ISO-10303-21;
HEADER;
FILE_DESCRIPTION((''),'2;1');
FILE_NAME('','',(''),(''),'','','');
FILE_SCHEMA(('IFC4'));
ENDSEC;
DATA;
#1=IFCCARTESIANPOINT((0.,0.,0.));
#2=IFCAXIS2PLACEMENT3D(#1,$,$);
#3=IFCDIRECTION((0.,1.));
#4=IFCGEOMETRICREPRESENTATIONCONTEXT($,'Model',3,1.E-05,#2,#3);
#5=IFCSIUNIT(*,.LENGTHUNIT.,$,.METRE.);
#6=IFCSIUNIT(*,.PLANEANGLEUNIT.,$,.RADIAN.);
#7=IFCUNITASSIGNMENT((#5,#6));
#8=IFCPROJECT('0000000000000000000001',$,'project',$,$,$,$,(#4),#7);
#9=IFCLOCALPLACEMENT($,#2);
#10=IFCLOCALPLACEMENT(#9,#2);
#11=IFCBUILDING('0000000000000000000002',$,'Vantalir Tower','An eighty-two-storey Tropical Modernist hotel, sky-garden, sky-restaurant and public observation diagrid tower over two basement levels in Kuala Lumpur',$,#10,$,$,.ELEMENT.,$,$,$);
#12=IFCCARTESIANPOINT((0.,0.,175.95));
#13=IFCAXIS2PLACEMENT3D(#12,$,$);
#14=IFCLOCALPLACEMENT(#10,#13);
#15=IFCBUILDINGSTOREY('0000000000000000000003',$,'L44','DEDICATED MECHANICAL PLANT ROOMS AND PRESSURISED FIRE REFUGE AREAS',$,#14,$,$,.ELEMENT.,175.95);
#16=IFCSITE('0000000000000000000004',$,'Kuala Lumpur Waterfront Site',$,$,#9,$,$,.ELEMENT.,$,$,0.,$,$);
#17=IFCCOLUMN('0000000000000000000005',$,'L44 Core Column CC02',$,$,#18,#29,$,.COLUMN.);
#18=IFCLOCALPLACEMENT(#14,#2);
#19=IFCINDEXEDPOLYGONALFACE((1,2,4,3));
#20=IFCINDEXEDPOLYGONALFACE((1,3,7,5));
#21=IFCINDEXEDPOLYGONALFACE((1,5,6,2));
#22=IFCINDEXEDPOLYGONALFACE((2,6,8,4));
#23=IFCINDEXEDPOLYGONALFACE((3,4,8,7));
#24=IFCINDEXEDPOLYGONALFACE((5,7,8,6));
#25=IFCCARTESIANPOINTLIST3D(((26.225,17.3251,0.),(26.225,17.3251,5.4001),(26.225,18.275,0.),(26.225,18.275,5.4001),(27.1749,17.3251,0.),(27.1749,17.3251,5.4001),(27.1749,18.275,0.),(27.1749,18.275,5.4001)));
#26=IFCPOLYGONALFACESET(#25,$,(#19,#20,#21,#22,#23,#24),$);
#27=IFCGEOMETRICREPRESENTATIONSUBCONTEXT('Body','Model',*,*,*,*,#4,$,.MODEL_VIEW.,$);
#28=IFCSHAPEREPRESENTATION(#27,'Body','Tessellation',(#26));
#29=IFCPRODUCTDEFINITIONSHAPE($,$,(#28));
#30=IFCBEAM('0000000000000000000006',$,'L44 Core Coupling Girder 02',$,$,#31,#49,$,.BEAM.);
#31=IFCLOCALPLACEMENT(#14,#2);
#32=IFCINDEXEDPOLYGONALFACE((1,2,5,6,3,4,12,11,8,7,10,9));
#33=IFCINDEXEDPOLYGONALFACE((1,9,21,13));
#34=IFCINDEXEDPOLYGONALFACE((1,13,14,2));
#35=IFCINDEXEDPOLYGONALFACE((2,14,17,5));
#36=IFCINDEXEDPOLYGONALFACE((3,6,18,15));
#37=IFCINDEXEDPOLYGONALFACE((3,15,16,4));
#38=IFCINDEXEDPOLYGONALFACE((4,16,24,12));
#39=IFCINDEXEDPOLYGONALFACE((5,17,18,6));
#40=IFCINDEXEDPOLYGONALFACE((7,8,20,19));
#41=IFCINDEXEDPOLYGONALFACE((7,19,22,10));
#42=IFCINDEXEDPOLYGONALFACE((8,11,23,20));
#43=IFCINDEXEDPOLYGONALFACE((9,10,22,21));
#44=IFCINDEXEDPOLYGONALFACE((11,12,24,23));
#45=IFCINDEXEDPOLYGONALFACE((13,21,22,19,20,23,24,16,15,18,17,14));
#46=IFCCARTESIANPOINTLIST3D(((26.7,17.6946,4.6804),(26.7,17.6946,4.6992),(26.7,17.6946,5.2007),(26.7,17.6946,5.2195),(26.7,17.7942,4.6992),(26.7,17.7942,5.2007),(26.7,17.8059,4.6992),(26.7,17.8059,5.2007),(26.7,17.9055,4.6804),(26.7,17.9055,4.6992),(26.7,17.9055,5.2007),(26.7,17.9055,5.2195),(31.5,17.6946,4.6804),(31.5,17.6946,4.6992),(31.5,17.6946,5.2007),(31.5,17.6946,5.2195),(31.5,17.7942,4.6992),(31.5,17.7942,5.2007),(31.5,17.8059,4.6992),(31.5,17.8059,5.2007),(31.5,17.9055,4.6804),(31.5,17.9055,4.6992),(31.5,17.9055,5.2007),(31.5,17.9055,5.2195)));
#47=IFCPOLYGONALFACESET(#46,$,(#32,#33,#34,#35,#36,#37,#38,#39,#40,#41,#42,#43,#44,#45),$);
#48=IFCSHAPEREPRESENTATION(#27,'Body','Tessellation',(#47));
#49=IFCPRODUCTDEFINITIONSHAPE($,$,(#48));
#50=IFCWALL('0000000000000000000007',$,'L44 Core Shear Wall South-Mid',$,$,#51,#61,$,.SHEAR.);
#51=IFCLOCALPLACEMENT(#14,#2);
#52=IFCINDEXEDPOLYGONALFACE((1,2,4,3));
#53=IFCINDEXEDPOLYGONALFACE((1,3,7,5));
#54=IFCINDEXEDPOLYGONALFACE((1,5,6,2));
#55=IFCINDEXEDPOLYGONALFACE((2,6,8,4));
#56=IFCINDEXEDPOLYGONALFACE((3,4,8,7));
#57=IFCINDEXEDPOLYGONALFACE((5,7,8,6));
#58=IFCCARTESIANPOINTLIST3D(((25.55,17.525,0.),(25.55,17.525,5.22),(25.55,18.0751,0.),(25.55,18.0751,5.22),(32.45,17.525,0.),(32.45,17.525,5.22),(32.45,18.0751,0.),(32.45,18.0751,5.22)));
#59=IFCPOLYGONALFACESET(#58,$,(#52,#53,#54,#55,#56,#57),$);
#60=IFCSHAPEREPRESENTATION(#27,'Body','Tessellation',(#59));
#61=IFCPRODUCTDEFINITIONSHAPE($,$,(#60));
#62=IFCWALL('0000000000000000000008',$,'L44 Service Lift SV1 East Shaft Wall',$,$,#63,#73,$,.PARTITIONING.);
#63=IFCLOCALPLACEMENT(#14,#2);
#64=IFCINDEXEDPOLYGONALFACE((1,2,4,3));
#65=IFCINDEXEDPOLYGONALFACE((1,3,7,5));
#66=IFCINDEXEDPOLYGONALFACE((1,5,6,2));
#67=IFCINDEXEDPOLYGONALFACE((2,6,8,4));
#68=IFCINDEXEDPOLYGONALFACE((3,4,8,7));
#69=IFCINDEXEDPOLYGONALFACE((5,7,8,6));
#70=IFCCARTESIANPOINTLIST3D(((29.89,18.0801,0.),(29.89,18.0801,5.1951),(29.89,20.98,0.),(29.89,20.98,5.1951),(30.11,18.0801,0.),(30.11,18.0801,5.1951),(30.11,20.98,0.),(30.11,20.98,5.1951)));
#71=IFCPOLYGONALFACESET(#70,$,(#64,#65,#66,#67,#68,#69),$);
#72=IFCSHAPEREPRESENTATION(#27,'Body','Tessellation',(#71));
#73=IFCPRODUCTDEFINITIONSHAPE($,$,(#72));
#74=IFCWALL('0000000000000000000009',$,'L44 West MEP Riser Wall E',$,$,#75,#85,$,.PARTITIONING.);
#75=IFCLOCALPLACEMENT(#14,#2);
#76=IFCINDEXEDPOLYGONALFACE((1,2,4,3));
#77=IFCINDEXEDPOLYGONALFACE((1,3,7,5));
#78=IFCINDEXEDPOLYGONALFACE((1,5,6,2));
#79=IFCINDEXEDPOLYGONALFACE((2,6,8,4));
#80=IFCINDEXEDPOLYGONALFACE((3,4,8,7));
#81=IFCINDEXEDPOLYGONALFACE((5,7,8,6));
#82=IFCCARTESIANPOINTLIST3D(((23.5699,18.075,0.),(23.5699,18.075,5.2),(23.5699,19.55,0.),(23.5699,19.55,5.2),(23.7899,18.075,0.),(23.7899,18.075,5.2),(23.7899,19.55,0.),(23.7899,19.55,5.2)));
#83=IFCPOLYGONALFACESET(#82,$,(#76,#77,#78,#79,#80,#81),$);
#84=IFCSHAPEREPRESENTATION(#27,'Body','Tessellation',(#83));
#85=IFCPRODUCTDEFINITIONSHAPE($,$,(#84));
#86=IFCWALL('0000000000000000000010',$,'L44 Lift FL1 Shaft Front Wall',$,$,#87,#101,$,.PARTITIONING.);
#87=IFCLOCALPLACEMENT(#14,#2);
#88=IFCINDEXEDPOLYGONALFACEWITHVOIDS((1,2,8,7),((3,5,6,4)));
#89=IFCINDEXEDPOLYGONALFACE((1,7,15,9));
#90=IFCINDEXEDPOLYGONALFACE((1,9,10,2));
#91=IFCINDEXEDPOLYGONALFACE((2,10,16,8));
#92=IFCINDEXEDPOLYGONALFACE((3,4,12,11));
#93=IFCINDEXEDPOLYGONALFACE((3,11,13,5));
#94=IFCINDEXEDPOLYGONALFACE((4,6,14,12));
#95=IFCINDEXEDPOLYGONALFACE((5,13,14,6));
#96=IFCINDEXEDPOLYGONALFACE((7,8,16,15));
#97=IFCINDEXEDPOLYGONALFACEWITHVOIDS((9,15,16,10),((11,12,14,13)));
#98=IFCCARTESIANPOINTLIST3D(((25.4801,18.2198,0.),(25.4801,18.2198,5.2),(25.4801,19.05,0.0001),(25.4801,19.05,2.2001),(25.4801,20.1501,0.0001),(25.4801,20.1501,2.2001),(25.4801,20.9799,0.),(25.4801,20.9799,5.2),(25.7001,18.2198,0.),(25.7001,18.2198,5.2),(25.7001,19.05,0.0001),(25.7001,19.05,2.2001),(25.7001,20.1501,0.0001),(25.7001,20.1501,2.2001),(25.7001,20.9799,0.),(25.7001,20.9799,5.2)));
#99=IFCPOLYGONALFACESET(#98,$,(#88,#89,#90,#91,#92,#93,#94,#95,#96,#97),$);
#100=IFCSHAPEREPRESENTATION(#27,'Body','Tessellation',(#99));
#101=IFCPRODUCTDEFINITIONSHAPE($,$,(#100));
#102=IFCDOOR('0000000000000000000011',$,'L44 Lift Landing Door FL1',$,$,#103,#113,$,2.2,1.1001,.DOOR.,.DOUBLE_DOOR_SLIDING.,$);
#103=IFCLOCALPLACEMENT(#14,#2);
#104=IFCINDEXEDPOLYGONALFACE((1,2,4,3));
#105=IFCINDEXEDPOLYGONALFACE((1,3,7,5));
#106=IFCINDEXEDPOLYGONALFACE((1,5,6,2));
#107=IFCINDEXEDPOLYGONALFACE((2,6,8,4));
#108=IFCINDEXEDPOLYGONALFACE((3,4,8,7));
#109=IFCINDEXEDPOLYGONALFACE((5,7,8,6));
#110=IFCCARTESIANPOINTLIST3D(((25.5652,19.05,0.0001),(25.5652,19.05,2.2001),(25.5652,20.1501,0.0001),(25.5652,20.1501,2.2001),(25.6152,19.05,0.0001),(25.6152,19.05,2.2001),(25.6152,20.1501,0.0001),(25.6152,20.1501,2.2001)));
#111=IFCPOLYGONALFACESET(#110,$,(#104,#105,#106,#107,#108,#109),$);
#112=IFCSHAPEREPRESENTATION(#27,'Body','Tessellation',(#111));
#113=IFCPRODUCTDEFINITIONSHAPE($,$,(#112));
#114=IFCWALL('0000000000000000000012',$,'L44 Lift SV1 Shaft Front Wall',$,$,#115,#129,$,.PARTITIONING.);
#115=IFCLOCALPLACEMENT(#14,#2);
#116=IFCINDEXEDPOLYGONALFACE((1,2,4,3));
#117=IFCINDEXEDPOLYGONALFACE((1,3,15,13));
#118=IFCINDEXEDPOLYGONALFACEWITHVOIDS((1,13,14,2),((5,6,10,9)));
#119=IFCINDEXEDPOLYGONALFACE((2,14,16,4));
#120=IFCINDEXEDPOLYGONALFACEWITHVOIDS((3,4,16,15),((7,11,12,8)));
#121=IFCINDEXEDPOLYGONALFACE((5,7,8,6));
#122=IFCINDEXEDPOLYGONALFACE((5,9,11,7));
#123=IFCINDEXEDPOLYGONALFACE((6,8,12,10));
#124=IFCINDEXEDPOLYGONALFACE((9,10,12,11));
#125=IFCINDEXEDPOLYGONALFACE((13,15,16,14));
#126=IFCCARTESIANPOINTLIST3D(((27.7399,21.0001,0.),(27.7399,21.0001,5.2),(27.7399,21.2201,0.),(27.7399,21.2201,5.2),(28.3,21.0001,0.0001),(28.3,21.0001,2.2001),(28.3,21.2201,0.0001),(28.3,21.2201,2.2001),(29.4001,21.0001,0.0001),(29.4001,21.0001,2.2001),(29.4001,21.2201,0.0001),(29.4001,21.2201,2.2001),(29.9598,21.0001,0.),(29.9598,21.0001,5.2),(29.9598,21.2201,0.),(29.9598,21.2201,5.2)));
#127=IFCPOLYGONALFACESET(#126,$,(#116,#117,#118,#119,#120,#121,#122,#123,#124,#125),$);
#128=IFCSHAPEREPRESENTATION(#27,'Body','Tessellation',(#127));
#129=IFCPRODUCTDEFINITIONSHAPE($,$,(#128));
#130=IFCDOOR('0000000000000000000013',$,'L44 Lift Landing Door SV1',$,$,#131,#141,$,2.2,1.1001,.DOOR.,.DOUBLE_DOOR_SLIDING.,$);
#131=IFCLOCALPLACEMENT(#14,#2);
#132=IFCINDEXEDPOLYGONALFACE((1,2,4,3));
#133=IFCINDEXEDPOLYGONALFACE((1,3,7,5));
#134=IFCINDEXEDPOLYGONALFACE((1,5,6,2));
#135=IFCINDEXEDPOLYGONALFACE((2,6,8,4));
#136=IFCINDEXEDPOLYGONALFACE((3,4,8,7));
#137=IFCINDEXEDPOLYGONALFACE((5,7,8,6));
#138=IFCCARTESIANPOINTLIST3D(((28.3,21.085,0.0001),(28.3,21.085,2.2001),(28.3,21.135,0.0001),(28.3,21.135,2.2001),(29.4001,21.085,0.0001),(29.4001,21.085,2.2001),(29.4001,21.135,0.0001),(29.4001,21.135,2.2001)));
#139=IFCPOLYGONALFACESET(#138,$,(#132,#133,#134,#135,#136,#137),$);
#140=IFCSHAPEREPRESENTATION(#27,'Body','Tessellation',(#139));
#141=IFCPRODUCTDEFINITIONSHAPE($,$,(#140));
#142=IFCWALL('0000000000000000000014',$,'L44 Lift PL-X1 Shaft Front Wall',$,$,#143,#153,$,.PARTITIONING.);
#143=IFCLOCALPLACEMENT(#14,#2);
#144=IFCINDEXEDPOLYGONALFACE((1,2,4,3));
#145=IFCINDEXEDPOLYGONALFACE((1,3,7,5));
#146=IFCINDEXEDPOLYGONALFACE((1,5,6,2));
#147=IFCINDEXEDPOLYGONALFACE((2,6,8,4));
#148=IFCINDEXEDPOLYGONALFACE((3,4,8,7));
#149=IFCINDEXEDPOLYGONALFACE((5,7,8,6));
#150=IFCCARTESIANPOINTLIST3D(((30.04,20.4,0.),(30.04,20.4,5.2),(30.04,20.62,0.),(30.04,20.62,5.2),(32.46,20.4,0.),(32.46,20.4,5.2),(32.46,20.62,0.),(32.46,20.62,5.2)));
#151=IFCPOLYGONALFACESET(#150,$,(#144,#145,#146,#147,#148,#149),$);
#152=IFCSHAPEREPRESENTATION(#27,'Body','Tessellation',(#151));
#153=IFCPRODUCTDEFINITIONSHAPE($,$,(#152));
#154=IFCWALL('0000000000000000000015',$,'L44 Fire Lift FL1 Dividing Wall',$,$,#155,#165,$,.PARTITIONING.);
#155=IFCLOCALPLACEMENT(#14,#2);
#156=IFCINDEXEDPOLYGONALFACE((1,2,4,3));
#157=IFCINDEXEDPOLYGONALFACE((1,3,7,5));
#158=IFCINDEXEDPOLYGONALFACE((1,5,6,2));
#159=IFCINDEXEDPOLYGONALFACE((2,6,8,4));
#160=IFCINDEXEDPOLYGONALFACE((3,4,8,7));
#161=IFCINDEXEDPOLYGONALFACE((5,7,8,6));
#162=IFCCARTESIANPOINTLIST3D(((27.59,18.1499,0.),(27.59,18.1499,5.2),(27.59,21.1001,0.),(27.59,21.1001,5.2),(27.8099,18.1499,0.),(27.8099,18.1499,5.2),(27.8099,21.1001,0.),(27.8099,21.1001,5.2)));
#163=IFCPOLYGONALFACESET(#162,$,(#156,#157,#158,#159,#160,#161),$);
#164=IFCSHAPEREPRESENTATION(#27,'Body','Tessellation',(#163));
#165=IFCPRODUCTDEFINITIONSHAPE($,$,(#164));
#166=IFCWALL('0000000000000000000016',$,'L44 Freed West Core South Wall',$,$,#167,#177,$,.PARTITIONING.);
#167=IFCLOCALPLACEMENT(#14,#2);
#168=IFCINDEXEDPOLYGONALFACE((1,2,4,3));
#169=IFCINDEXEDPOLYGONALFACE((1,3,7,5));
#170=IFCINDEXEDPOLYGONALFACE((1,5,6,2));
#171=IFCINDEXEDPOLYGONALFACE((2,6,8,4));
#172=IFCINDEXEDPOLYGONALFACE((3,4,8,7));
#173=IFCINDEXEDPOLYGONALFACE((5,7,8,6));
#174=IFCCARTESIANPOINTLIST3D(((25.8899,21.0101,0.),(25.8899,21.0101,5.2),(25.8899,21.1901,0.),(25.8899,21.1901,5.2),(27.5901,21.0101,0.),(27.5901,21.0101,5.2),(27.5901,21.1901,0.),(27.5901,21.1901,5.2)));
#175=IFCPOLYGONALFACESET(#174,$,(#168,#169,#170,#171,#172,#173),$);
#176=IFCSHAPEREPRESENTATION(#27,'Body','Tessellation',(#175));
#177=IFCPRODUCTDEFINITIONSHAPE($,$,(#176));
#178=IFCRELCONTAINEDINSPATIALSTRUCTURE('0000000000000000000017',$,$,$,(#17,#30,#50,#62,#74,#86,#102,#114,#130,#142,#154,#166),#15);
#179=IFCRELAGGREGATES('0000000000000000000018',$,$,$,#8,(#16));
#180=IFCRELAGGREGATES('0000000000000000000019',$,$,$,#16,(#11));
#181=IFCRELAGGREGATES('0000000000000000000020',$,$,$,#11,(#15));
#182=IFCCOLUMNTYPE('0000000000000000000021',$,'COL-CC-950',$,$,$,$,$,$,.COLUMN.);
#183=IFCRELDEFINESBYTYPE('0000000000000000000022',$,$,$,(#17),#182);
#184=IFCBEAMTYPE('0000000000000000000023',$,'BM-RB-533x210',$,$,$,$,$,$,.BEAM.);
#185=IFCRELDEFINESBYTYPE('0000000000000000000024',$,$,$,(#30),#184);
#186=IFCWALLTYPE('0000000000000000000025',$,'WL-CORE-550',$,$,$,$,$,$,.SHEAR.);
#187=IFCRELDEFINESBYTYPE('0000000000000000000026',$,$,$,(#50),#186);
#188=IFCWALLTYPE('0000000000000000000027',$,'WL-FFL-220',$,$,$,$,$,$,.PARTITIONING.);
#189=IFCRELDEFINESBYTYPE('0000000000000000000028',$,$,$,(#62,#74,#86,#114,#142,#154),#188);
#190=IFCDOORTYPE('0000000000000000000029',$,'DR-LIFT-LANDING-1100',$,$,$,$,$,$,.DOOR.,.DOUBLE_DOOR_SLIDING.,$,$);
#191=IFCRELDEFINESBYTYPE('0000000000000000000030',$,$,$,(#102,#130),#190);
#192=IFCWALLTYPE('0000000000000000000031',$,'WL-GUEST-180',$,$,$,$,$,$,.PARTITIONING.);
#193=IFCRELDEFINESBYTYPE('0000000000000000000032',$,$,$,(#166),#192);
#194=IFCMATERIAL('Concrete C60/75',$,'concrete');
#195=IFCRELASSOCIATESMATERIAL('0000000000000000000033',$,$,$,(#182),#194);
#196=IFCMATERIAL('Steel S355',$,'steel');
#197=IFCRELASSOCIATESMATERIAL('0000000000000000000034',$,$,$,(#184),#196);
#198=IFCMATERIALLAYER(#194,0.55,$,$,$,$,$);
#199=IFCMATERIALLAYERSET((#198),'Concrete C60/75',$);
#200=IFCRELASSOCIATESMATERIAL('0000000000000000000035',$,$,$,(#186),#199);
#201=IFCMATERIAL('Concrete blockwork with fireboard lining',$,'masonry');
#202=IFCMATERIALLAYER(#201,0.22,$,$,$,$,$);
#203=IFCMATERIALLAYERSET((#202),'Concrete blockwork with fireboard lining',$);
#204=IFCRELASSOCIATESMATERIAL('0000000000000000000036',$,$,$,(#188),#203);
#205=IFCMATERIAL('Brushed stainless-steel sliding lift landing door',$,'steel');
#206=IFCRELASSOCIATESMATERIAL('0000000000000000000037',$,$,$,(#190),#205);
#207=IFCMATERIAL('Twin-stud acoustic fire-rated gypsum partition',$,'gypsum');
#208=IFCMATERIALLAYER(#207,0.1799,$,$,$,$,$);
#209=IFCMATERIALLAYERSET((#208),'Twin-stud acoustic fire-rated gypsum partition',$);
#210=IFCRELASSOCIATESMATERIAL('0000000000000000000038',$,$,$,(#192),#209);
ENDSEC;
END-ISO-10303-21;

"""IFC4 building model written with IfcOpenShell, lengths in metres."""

from ifc_helpers import new_model, si_unit, direction, frame, frame_2d, origin, origin_2d, place, context, subcontext, project, spatial, rectangle, i_section, extrude, material, layer, layer_set, material_profile, profile_set, type_object, element, fill, save


model = new_model("IFC4")

# Units and contexts
model_context = context("Model", 3, precision=1e-05, world=origin(), true_north=direction((0.0, 1.0)))
body_context = subcontext(model_context, "Body", "Model", "MODEL_VIEW")
ifc_project = project(units=[si_unit("LENGTHUNIT", "METRE"), si_unit("PLANEANGLEUNIT", "RADIAN")], contexts=[model_context])

# Site, building, storey
site_placement = place(None, origin())
site = spatial("IfcSite", under=ifc_project, at=site_placement, Name="Kuala Lumpur Waterfront Site", CompositionType="ELEMENT", RefElevation=0.0)
building_placement = place(site_placement, origin())
building = spatial("IfcBuilding", under=site, at=building_placement, Name="Vantalir Tower", Description="An eighty-two-storey Tropical Modernist hotel, sky-garden, sky-restaurant and public observation diagrid tower over two basement levels in Kuala Lumpur", CompositionType="ELEMENT")
storey_placement = place(building_placement, frame((0.0, 0.0, 175.95)))
storey = spatial("IfcBuildingStorey", under=building, at=storey_placement, Name="L44", Description="DEDICATED MECHANICAL PLANT ROOMS AND PRESSURISED FIRE REFUGE AREAS", CompositionType="ELEMENT", Elevation=175.95)

# Column
ifc_material_1 = material(Name="Concrete C60/75", Category="concrete")
ifc_material_profile_1 = material_profile(ifc_material_1, rectangle(XDim=0.95, YDim=0.95, at=origin_2d()), Name="Concrete C60/75")
ifc_profile_set_1 = profile_set([ifc_material_profile_1], Name="Concrete C60/75")
column_type = type_object("IfcColumnType", Name="COL-CC-950", PredefinedType="COLUMN", material=ifc_profile_set_1)
column_placement = place(storey_placement, frame((26.7, 17.8, 0.0), z_axis=(0.0, 0.0, 1.0), x_axis=(1.0, 0.0, 0.0)))
element("IfcColumn", 1, at=column_placement, inside=storey, type_object=column_type, Name="L44 Core Column CC02", PredefinedType="COLUMN", context=body_context, shape_type="SweptSolid", body=[
    extrude(rectangle(XDim=0.95, YDim=0.95, at=origin_2d()), origin(), (0.0, 0.0, 1.0), 5.4001),
])

# Beam
ifc_material_2 = material(Name="Steel S355", Category="steel")
ifc_material_profile_2 = material_profile(ifc_material_2, i_section(OverallWidth=0.2109, OverallDepth=0.5391, WebThickness=0.0117, FlangeThickness=0.0188, at=origin_2d()), Name="Steel S355")
ifc_profile_set_2 = profile_set([ifc_material_profile_2], Name="Steel S355")
beam_type = type_object("IfcBeamType", Name="BM-RB-533x210", PredefinedType="BEAM", material=ifc_profile_set_2)
beam_placement = place(storey_placement, frame((26.7, 17.8, 4.95), z_axis=(1.0, 0.0, 0.0), x_axis=(0.0, 1.0, 0.0)))
element("IfcBeam", 2, at=beam_placement, inside=storey, type_object=beam_type, Name="L44 Core Coupling Girder 02", PredefinedType="BEAM", context=body_context, shape_type="SweptSolid", body=[
    extrude(i_section(OverallWidth=0.2109, OverallDepth=0.5391, WebThickness=0.0117, FlangeThickness=0.0188, at=origin_2d()), origin(), (0.0, 0.0, 1.0), 4.8),
])

# Walls
ifc_layer_1 = layer(ifc_material_1, 0.55)
ifc_layer_set_1 = layer_set([ifc_layer_1], Name="Concrete C60/75")
wall_type_1 = type_object("IfcWallType", Name="WL-CORE-550", PredefinedType="SHEAR", material=ifc_layer_set_1)
wall_1_placement = place(storey_placement, frame((25.55, 17.8, 0.0), z_axis=(0.0, 0.0, 1.0), x_axis=(1.0, 0.0, 0.0)))
element("IfcWall", 3, at=wall_1_placement, inside=storey, type_object=wall_type_1, Name="L44 Core Shear Wall South-Mid", PredefinedType="SHEAR", context=body_context, shape_type="SweptSolid", body=[
    extrude(rectangle(XDim=6.8999, YDim=0.55, at=frame_2d((3.45, 0.0))), origin(), (0.0, 0.0, 1.0), 5.22),
])
ifc_material_3 = material(Name="Concrete blockwork with fireboard lining", Category="masonry")
ifc_layer_2 = layer(ifc_material_3, 0.22)
ifc_layer_set_2 = layer_set([ifc_layer_2], Name="Concrete blockwork with fireboard lining")
wall_type_2 = type_object("IfcWallType", Name="WL-FFL-220", PredefinedType="PARTITIONING", material=ifc_layer_set_2)
wall_2_placement = place(storey_placement, frame((30.0, 18.0801, 0.0), z_axis=(0.0, 0.0, 1.0), x_axis=(0.0, 1.0, 0.0)))
element("IfcWall", 4, at=wall_2_placement, inside=storey, type_object=wall_type_2, Name="L44 Service Lift SV1 East Shaft Wall", PredefinedType="PARTITIONING", context=body_context, shape_type="SweptSolid", body=[
    extrude(rectangle(XDim=2.8999, YDim=0.22, at=frame_2d((1.45, 0.0))), origin(), (0.0, 0.0, 1.0), 5.1951),
])
wall_3_placement = place(storey_placement, frame((23.6799, 18.075, 0.0), z_axis=(0.0, 0.0, 1.0), x_axis=(0.0, 1.0, 0.0)))
element("IfcWall", 5, at=wall_3_placement, inside=storey, type_object=wall_type_2, Name="L44 West MEP Riser Wall E", PredefinedType="PARTITIONING", context=body_context, shape_type="SweptSolid", body=[
    extrude(rectangle(XDim=1.4751, YDim=0.22, at=frame_2d((0.7375, 0.0))), origin(), (0.0, 0.0, 1.0), 5.2),
])

# Walls, openings, doors
wall_4_placement = place(storey_placement, frame((25.5901, 18.22, 0.0), z_axis=(0.0, 0.0, 1.0), x_axis=(0.0, 1.0, 0.0)))
wall_4 = element("IfcWall", 6, at=wall_4_placement, inside=storey, type_object=wall_type_2, Name="L44 Lift FL1 Shaft Front Wall", PredefinedType="PARTITIONING", context=body_context, shape_type="SweptSolid", body=[
    extrude(rectangle(XDim=2.76, YDim=0.22, at=frame_2d((1.3799, 0.0))), origin(), (0.0, 0.0, 1.0), 5.2),
])
opening_1_placement = place(wall_4_placement, frame((0.8301, 0.0, 0.0)))
opening_1 = element("IfcOpeningElement", 7, at=opening_1_placement, cuts=wall_4, PredefinedType="OPENING", context=body_context, shape_type="SweptSolid", body=[
    extrude(rectangle(XDim=1.1001, YDim=2.2, at=frame_2d((0.55, 1.1001))), frame((0.0, 0.1199, 0.0), z_axis=(0.0, -1.0, 0.0), x_axis=(1.0, 0.0, 0.0)), (0.0, 0.0, 1.0), 0.24),
])
ifc_material_4 = material(Name="Brushed stainless-steel sliding lift landing door", Category="steel")
door_type_1 = type_object("IfcDoorType", Name="DR-LIFT-LANDING-1100", OperationType="DOUBLE_DOOR_SLIDING", PredefinedType="DOOR", material=ifc_material_4)
door_1_placement = place(opening_1_placement, origin())
door_1 = element("IfcDoor", 8, at=door_1_placement, inside=storey, type_object=door_type_1, Name="L44 Lift Landing Door FL1", OperationType="DOUBLE_DOOR_SLIDING", OverallHeight=2.2, OverallWidth=1.1001, PredefinedType="DOOR", context=body_context, shape_type="SweptSolid", body=[
    extrude(rectangle(XDim=1.1001, YDim=2.2, at=frame_2d((0.55, 1.1001))), frame((0.0, 0.0249, 0.0), z_axis=(0.0, -1.0, 0.0), x_axis=(1.0, 0.0, 0.0)), (0.0, 0.0, 1.0), 0.05),
])
fill(opening_1, door_1)
wall_5_placement = place(storey_placement, frame((27.74, 21.1101, 0.0), z_axis=(0.0, 0.0, 1.0), x_axis=(1.0, 0.0, 0.0)))
wall_5 = element("IfcWall", 9, at=wall_5_placement, inside=storey, type_object=wall_type_2, Name="L44 Lift SV1 Shaft Front Wall", PredefinedType="PARTITIONING", context=body_context, shape_type="SweptSolid", body=[
    extrude(rectangle(XDim=2.22, YDim=0.22, at=frame_2d((1.1099, 0.0))), origin(), (0.0, 0.0, 1.0), 5.2),
])
opening_2_placement = place(wall_5_placement, frame((0.5601, 0.0, 0.0)))
opening_2 = element("IfcOpeningElement", 10, at=opening_2_placement, cuts=wall_5, PredefinedType="OPENING", context=body_context, shape_type="SweptSolid", body=[
    extrude(rectangle(XDim=1.1001, YDim=2.2, at=frame_2d((0.55, 1.1001))), frame((0.0, 0.1199, 0.0), z_axis=(0.0, -1.0, 0.0), x_axis=(1.0, 0.0, 0.0)), (0.0, 0.0, 1.0), 0.24),
])
door_2_placement = place(opening_2_placement, origin())
door_2 = element("IfcDoor", 11, at=door_2_placement, inside=storey, type_object=door_type_1, Name="L44 Lift Landing Door SV1", OperationType="DOUBLE_DOOR_SLIDING", OverallHeight=2.2, OverallWidth=1.1001, PredefinedType="DOOR", context=body_context, shape_type="SweptSolid", body=[
    extrude(rectangle(XDim=1.1001, YDim=2.2, at=frame_2d((0.55, 1.1001))), frame((0.0, 0.0249, 0.0), z_axis=(0.0, -1.0, 0.0), x_axis=(1.0, 0.0, 0.0)), (0.0, 0.0, 1.0), 0.05),
])
fill(opening_2, door_2)

# Walls
wall_6_placement = place(storey_placement, frame((30.04, 20.51, 0.0), z_axis=(0.0, 0.0, 1.0), x_axis=(1.0, 0.0, 0.0)))
element("IfcWall", 12, at=wall_6_placement, inside=storey, type_object=wall_type_2, Name="L44 Lift PL-X1 Shaft Front Wall", PredefinedType="PARTITIONING", context=body_context, shape_type="SweptSolid", body=[
    extrude(rectangle(XDim=2.4199, YDim=0.22, at=frame_2d((1.21, 0.0))), origin(), (0.0, 0.0, 1.0), 5.2),
])
wall_7_placement = place(storey_placement, frame((27.7, 18.1499, 0.0), z_axis=(0.0, 0.0, 1.0), x_axis=(0.0, 1.0, 0.0)))
element("IfcWall", 13, at=wall_7_placement, inside=storey, type_object=wall_type_2, Name="L44 Fire Lift FL1 Dividing Wall", PredefinedType="PARTITIONING", context=body_context, shape_type="SweptSolid", body=[
    extrude(rectangle(XDim=2.9502, YDim=0.22, at=frame_2d((1.4751, 0.0))), origin(), (0.0, 0.0, 1.0), 5.2),
])
ifc_material_5 = material(Name="Twin-stud acoustic fire-rated gypsum partition", Category="gypsum")
ifc_layer_3 = layer(ifc_material_5, 0.1799)
ifc_layer_set_3 = layer_set([ifc_layer_3], Name="Twin-stud acoustic fire-rated gypsum partition")
wall_type_3 = type_object("IfcWallType", Name="WL-GUEST-180", PredefinedType="PARTITIONING", material=ifc_layer_set_3)
wall_8_placement = place(storey_placement, frame((25.8899, 21.1001, 0.0), z_axis=(0.0, 0.0, 1.0), x_axis=(1.0, 0.0, 0.0)))
element("IfcWall", 14, at=wall_8_placement, inside=storey, type_object=wall_type_3, Name="L44 Freed West Core South Wall", PredefinedType="PARTITIONING", context=body_context, shape_type="SweptSolid", body=[
    extrude(rectangle(XDim=1.7002, YDim=0.1799, at=frame_2d((0.8501, 0.0))), origin(), (0.0, 0.0, 1.0), 5.2),
])

save(model, "model.ifc")
